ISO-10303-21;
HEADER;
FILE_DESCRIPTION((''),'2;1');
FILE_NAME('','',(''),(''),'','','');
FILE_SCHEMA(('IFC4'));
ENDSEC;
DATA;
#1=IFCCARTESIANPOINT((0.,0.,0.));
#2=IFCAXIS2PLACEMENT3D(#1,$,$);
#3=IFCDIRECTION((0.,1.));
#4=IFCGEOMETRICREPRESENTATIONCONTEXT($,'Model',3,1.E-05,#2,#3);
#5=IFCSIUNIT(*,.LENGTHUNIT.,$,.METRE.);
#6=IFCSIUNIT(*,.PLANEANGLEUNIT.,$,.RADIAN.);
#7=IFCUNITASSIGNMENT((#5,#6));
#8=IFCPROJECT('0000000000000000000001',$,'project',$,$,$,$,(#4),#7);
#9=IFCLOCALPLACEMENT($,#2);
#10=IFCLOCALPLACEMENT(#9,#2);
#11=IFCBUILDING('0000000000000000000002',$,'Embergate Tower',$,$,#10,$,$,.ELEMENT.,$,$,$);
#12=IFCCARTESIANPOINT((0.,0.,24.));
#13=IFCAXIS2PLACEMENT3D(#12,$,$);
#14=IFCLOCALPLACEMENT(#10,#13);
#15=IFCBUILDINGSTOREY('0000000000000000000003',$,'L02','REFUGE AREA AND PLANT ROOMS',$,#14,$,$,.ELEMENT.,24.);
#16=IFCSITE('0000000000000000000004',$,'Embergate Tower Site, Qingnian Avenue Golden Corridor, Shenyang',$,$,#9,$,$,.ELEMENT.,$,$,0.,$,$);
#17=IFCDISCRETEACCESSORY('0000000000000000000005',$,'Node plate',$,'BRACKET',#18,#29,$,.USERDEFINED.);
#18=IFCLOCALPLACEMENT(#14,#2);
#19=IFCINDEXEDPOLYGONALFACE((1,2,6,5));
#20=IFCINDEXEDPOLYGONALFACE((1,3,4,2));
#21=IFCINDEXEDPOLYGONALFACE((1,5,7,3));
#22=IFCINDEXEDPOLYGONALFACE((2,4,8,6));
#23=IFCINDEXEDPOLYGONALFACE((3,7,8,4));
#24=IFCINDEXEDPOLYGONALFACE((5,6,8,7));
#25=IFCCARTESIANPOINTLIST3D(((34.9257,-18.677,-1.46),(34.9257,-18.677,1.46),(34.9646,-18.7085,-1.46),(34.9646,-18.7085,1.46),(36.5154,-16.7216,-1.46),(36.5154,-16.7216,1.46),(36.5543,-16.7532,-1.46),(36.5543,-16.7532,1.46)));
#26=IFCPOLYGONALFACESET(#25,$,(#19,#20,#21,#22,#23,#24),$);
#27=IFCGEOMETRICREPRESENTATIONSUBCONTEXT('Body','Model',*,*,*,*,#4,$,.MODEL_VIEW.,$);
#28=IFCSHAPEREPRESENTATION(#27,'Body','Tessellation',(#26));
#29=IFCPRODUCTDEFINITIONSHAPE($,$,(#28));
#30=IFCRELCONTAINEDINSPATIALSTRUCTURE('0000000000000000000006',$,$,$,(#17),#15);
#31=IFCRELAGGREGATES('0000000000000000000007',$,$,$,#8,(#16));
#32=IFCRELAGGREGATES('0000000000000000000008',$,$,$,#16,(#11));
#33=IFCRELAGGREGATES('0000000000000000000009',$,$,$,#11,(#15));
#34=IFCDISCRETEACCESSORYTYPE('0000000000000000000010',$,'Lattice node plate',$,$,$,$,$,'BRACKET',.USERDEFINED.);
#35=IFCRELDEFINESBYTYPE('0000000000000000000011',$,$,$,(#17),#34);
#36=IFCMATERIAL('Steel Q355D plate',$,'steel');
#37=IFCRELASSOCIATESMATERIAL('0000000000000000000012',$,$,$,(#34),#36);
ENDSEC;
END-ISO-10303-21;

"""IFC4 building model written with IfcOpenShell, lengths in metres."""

from ifc_helpers import new_model, si_unit, direction, frame, origin, origin_2d, place, context, subcontext, project, spatial, rectangle, extrude, source, transform, mapped, material, type_object, element, save


model = new_model("IFC4")

# Units and contexts
model_context = context("Model", 3, precision=1e-05, world=origin(), true_north=direction((0.0, 1.0)))
body_context = subcontext(model_context, "Body", "Model", "MODEL_VIEW")
ifc_project = project(units=[si_unit("LENGTHUNIT", "METRE"), si_unit("PLANEANGLEUNIT", "RADIAN")], contexts=[model_context])

# Site, building, storey
site_placement = place(None, origin())
site = spatial("IfcSite", under=ifc_project, at=site_placement, Name="Embergate Tower Site, Qingnian Avenue Golden Corridor, Shenyang", CompositionType="ELEMENT", RefElevation=0.0)
building_placement = place(site_placement, origin())
building = spatial("IfcBuilding", under=site, at=building_placement, Name="Embergate Tower", CompositionType="ELEMENT")
storey_placement = place(building_placement, frame((0.0, 0.0, 24.0)))
storey = spatial("IfcBuildingStorey", under=building, at=storey_placement, Name="L02", Description="REFUGE AREA AND PLANT ROOMS", CompositionType="ELEMENT", Elevation=24.0)

# Discrete accessory
ifc_material_1 = material(Name="Steel Q355D plate", Category="steel")
discrete_accessory_type_1 = type_object("IfcDiscreteAccessoryType", Name="Lattice node plate", ElementType="BRACKET", PredefinedType="USERDEFINED", material=ifc_material_1)
shared_shape_1 = source(origin(), body_context, "Body", "SweptSolid", [
    extrude(rectangle(XDim=2.52, YDim=0.05, at=origin_2d()), origin(), (0.0, 0.0, 1.0), 2.9199),
])
discrete_accessory_1_placement = place(storey_placement, frame((35.74, -17.7151, -1.46), z_axis=(0.0, 0.0, 1.0), x_axis=(0.630825, 0.775925, 0.0)))
element("IfcDiscreteAccessory", 1, at=discrete_accessory_1_placement, inside=storey, type_object=discrete_accessory_type_1, Name="Node plate", ObjectType="BRACKET", PredefinedType="USERDEFINED", context=body_context, shape_type="MappedRepresentation", body=[
    mapped(shared_shape_1, transform((0.0, 0.0, 0.0))),
])

save(model, "model.ifc")
